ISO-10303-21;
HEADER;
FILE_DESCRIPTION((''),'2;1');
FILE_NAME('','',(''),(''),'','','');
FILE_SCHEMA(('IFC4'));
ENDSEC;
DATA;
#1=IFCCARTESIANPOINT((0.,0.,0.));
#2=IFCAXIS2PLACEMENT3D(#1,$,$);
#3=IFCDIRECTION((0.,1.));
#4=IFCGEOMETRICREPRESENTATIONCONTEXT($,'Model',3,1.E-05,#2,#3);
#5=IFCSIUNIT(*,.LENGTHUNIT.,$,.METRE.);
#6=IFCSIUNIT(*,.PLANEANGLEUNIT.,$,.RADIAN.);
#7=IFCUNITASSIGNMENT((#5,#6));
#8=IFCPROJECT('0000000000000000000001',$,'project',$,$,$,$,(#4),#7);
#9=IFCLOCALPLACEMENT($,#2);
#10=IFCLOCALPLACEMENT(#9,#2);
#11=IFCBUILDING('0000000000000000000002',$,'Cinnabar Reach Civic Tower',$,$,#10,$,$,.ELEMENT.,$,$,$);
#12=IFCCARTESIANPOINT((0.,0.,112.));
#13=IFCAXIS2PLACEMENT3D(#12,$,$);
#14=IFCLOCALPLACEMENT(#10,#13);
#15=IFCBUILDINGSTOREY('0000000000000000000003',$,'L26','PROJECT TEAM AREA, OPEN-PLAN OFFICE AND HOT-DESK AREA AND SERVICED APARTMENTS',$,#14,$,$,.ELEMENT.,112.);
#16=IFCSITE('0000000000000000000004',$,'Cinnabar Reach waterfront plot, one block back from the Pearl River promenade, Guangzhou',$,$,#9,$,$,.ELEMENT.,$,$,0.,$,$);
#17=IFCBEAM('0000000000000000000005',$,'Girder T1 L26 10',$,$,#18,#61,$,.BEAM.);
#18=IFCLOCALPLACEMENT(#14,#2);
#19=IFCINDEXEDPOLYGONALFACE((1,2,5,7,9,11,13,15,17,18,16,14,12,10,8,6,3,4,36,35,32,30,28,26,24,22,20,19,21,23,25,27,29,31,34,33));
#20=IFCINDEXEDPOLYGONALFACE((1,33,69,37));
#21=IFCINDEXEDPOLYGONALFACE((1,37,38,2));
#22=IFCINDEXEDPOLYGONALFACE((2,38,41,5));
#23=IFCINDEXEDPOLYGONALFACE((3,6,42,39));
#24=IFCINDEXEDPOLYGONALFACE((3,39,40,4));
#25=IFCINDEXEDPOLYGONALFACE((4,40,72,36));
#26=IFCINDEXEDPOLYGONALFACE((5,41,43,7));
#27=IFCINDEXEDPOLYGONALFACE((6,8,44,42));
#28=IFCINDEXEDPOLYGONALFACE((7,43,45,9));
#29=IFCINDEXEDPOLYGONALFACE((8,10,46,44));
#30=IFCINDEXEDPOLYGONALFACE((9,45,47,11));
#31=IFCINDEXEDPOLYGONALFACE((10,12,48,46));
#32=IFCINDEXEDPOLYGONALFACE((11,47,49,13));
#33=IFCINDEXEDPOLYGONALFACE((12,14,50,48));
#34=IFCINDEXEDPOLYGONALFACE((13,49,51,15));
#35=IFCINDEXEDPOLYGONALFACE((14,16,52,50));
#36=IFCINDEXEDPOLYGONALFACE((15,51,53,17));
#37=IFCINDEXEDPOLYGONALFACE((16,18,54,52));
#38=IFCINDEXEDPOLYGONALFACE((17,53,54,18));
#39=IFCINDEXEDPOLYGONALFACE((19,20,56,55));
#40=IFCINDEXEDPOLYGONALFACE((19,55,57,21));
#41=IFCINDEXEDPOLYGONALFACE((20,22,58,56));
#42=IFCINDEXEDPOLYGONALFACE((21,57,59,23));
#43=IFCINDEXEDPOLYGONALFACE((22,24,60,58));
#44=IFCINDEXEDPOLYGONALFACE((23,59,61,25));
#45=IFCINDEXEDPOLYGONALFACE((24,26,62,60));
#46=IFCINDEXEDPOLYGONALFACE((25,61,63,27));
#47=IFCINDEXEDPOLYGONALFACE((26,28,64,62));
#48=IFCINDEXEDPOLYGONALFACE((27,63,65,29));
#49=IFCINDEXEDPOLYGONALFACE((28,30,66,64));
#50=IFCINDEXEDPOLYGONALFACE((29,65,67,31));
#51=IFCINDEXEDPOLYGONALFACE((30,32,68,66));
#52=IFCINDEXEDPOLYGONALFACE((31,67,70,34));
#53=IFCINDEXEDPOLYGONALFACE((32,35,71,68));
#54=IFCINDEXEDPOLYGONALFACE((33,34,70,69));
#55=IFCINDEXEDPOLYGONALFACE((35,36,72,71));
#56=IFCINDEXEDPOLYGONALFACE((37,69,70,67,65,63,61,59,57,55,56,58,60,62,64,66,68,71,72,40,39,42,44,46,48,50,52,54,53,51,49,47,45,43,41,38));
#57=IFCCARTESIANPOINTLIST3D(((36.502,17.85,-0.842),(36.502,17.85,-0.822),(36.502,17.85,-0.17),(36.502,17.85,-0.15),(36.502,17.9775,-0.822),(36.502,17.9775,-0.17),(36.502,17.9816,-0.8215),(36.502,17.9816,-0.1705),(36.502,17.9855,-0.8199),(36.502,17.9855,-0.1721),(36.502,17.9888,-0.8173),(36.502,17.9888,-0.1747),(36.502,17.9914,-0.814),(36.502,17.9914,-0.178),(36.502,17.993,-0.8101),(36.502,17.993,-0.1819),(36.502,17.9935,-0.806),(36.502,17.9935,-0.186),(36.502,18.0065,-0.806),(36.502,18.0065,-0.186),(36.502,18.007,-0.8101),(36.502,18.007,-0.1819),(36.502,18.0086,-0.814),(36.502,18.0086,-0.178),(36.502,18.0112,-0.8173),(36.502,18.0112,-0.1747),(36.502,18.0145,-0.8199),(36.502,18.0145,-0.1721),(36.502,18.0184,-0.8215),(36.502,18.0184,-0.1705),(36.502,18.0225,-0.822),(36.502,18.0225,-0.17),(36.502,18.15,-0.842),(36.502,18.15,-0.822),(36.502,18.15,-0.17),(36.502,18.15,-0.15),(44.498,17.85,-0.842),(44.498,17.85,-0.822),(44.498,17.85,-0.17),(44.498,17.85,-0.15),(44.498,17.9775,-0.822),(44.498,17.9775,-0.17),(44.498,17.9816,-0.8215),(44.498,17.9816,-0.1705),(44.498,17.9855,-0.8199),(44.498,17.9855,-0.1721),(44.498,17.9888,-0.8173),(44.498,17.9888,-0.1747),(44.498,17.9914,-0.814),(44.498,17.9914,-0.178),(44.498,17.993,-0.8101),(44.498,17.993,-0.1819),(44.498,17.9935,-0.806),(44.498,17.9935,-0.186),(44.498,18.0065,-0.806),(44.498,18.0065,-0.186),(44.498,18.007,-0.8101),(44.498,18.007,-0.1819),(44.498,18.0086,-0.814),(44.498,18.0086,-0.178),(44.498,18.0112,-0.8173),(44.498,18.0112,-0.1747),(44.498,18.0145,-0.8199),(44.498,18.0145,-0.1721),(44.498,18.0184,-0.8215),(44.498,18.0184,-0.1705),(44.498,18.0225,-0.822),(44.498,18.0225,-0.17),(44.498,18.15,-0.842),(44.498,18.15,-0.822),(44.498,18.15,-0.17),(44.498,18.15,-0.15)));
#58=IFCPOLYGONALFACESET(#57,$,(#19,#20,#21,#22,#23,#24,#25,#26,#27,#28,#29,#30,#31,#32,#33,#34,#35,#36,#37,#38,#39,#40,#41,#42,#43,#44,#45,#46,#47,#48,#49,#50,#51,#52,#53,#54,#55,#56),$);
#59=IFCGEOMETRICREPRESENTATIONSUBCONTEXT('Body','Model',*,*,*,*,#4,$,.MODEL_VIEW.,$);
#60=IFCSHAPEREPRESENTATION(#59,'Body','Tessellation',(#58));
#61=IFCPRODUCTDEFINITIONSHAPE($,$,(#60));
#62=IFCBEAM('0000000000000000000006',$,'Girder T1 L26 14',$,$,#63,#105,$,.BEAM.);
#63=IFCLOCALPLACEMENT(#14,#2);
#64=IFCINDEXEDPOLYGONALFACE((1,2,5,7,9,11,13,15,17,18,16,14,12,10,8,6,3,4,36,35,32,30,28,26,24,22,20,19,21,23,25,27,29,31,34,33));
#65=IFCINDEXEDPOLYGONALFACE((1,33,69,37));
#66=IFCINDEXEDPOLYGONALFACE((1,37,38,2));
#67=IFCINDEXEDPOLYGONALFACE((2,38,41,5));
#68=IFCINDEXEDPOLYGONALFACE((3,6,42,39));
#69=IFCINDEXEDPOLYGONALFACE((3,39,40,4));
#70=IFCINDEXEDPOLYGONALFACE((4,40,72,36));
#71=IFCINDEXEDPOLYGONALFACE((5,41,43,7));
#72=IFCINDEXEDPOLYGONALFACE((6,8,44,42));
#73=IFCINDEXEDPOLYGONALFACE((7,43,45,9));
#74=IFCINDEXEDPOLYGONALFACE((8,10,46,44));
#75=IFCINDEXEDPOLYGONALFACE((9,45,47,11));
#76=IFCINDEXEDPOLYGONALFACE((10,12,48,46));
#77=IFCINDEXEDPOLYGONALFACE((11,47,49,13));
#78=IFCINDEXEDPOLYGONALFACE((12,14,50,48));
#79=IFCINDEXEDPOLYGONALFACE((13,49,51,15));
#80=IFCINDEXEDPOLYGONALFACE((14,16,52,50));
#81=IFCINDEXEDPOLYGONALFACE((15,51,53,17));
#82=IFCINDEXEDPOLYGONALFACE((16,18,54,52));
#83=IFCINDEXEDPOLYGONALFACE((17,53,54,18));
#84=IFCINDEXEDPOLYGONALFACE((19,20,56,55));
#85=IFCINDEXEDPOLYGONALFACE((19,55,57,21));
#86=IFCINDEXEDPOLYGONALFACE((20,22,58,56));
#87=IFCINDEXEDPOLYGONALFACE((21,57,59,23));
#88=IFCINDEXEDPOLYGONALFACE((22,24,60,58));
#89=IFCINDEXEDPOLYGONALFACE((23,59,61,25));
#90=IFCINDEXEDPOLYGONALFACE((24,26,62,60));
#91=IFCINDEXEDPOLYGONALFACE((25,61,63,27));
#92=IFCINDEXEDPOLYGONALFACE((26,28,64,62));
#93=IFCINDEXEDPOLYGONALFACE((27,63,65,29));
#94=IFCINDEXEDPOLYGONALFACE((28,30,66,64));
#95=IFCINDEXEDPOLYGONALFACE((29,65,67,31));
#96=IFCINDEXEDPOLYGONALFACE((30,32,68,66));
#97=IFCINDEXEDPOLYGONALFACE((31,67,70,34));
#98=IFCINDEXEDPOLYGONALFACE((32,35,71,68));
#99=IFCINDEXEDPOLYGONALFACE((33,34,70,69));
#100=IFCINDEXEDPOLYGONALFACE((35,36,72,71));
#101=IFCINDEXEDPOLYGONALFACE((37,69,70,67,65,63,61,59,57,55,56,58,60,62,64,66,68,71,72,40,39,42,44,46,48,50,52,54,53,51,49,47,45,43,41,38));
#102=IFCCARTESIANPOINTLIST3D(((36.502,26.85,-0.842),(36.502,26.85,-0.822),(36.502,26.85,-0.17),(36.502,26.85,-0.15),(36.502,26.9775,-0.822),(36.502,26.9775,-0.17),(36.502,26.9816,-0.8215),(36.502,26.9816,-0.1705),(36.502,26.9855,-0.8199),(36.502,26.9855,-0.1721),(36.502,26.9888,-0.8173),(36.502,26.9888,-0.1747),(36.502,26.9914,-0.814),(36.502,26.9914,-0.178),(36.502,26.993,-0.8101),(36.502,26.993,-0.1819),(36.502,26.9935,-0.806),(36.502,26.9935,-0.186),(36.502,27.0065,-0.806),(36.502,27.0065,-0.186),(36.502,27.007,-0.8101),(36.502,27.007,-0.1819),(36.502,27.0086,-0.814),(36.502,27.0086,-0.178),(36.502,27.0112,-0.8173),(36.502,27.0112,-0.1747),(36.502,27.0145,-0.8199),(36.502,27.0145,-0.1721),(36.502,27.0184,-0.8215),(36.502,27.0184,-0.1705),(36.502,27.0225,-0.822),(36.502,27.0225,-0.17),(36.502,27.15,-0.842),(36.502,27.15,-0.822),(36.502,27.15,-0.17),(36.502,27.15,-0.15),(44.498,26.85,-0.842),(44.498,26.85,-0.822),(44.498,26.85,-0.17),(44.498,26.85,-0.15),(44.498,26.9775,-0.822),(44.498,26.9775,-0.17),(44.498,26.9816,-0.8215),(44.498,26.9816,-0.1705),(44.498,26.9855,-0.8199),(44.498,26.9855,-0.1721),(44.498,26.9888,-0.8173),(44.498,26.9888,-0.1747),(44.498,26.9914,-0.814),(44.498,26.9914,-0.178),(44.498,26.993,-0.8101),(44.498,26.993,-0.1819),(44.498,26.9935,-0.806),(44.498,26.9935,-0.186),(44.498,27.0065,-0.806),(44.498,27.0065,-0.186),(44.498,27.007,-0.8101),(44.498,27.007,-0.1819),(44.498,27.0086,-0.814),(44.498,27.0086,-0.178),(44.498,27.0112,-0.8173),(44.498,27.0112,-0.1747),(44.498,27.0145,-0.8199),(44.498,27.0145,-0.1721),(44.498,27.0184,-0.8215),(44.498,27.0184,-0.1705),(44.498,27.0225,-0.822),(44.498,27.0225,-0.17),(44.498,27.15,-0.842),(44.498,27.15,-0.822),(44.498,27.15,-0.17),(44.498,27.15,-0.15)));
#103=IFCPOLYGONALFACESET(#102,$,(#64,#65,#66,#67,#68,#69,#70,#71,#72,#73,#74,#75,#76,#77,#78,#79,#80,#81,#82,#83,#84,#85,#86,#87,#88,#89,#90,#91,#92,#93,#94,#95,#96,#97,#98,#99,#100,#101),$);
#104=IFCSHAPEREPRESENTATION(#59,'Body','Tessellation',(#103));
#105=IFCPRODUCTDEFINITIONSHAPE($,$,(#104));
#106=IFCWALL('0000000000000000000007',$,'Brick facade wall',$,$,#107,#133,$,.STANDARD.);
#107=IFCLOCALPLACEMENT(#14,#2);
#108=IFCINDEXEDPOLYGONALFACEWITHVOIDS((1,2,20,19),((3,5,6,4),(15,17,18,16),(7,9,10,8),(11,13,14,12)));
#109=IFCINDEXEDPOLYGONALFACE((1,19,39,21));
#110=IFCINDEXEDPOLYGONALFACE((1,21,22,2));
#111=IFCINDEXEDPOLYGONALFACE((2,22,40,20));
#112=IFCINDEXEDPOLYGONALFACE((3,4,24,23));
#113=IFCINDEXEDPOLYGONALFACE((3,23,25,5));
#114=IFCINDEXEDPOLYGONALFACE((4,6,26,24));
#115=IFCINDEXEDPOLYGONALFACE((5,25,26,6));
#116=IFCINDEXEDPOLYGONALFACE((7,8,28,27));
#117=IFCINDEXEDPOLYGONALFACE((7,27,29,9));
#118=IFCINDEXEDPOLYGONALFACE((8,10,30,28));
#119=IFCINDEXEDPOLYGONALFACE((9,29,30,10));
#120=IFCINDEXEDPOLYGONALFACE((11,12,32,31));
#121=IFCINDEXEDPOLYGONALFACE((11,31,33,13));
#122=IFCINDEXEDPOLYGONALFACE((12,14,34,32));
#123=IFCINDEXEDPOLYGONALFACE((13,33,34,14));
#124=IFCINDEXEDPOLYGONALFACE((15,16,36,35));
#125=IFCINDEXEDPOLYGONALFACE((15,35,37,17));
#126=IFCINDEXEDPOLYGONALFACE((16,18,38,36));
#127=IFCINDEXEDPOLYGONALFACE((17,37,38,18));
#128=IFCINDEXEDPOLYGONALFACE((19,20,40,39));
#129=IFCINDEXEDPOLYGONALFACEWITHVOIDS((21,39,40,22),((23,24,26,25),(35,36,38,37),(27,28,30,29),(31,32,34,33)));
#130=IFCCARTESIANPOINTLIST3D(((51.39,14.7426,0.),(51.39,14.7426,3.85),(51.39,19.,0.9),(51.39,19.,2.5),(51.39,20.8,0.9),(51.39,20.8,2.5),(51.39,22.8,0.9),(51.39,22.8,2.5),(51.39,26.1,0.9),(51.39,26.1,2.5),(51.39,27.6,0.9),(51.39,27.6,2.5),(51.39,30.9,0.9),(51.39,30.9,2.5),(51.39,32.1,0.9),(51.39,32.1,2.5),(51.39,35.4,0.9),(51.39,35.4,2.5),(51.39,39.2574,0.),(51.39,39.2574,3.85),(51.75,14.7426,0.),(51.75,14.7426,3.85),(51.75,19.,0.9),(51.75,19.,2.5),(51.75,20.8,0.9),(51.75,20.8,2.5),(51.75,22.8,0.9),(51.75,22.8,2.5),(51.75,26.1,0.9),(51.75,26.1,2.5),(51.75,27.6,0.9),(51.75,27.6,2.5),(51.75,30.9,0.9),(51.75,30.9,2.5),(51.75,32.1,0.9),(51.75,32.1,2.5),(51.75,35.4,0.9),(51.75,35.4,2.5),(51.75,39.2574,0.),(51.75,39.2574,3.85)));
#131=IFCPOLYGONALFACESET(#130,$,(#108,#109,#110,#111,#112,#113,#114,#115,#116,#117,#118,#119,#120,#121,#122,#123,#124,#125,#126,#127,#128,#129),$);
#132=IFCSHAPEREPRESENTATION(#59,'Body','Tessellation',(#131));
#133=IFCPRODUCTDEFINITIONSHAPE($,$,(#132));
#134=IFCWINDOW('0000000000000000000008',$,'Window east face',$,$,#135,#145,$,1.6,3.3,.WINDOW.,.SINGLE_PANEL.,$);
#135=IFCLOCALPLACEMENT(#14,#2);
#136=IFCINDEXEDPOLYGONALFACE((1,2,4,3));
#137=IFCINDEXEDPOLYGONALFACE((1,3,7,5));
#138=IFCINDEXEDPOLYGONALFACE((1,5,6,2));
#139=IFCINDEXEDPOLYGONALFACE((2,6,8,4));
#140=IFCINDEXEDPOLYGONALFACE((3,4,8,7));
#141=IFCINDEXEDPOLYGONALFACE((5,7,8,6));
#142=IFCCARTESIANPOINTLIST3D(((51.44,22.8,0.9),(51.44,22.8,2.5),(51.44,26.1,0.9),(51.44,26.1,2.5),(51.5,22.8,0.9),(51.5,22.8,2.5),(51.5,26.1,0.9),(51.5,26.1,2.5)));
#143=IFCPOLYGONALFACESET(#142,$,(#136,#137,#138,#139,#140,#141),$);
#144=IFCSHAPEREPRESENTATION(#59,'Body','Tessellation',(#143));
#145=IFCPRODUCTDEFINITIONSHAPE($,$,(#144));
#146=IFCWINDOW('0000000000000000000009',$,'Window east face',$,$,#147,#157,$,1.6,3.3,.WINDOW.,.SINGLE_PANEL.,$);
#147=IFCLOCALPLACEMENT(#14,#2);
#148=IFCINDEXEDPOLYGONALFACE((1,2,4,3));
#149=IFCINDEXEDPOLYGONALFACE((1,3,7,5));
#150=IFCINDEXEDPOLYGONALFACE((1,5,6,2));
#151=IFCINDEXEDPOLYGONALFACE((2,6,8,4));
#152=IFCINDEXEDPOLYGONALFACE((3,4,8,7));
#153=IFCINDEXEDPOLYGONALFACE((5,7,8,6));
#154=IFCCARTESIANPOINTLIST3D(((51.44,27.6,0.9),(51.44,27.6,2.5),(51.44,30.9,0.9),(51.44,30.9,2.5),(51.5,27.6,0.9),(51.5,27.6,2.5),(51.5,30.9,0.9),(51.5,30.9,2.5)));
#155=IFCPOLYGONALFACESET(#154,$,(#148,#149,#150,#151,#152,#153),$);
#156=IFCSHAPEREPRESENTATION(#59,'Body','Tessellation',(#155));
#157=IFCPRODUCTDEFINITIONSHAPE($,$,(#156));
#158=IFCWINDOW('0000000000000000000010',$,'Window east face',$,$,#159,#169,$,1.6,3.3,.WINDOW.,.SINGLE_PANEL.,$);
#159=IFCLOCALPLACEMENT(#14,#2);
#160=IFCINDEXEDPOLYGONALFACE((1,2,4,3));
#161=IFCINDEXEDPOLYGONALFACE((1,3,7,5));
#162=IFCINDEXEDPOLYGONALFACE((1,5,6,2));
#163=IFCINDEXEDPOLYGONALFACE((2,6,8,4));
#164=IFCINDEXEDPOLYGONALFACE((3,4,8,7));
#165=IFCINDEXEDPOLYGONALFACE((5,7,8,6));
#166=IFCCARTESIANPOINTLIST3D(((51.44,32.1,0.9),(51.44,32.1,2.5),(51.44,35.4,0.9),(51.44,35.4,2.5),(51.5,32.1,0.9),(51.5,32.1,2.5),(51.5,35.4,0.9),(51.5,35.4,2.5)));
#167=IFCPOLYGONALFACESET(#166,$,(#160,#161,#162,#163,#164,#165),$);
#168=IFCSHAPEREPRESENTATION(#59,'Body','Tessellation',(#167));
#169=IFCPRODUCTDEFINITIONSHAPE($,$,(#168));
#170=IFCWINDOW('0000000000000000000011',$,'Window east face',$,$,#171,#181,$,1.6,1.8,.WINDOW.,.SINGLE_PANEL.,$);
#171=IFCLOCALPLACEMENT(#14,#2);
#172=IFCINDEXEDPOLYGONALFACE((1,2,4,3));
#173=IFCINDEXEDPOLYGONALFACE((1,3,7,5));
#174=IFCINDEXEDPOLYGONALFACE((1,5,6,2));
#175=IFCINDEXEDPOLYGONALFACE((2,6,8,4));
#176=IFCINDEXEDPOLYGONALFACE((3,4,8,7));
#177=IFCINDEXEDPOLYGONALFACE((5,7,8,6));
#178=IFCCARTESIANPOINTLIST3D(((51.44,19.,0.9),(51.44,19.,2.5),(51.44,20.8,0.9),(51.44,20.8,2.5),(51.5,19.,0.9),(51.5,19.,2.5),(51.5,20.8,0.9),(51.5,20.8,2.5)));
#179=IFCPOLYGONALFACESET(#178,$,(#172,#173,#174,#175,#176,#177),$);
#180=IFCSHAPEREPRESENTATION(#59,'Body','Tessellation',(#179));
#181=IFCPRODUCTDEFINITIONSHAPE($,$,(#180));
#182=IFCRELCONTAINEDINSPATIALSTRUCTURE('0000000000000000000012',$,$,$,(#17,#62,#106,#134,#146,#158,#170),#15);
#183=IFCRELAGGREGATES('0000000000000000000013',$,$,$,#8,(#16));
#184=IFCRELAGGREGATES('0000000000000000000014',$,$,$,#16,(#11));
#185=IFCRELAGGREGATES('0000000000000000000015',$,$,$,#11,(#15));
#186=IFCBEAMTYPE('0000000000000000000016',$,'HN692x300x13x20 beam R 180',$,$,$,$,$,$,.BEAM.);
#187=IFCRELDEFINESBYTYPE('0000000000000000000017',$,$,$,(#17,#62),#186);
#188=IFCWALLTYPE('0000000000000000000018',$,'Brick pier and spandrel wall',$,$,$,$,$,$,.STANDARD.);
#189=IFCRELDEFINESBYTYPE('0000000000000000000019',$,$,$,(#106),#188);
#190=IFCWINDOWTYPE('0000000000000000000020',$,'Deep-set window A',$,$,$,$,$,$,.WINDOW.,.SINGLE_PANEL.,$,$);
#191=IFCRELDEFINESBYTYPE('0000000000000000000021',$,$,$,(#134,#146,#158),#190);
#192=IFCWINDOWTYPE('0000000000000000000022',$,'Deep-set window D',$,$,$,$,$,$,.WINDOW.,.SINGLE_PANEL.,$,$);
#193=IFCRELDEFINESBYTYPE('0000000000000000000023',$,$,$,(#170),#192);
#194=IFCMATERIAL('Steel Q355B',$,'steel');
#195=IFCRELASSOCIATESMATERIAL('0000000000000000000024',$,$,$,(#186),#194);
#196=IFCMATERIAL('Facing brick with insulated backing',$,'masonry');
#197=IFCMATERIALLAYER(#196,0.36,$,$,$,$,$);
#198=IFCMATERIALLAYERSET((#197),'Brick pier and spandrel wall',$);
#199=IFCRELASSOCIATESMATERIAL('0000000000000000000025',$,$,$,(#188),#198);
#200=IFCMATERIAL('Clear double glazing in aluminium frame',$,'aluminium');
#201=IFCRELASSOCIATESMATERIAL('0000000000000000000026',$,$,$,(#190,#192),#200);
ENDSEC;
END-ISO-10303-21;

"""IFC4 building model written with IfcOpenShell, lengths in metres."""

from ifc_helpers import new_model, si_unit, direction, frame, frame_2d, origin, origin_2d, place, context, subcontext, project, spatial, rectangle, i_section, extrude, material, layer, layer_set, material_profile, profile_set, type_object, element, fill, save


model = new_model("IFC4")

# Units and contexts
model_context = context("Model", 3, precision=1e-05, world=origin(), true_north=direction((0.0, 1.0)))
body_context = subcontext(model_context, "Body", "Model", "MODEL_VIEW")
ifc_project = project(units=[si_unit("LENGTHUNIT", "METRE"), si_unit("PLANEANGLEUNIT", "RADIAN")], contexts=[model_context])

# Site, building, storey
site_placement = place(None, origin())
site = spatial("IfcSite", under=ifc_project, at=site_placement, Name="Cinnabar Reach waterfront plot, one block back from the Pearl River promenade, Guangzhou", CompositionType="ELEMENT", RefElevation=0.0)
building_placement = place(site_placement, origin())
building = spatial("IfcBuilding", under=site, at=building_placement, Name="Cinnabar Reach Civic Tower", CompositionType="ELEMENT")
storey_placement = place(building_placement, frame((0.0, 0.0, 112.0)))
storey = spatial("IfcBuildingStorey", under=building, at=storey_placement, Name="L26", Description="PROJECT TEAM AREA, OPEN-PLAN OFFICE AND HOT-DESK AREA AND SERVICED APARTMENTS", CompositionType="ELEMENT", Elevation=112.0)

# Beams
ifc_material_1 = material(Name="Steel Q355B", Category="steel")
ifc_material_profile_1 = material_profile(ifc_material_1, i_section(OverallWidth=0.3, OverallDepth=0.692, WebThickness=0.013, FlangeThickness=0.02, FilletRadius=0.016, at=origin_2d()), Name="HN692x300x13x20")
ifc_profile_set_1 = profile_set([ifc_material_profile_1], Name="Steel Q355B")
beam_type_1 = type_object("IfcBeamType", Name="HN692x300x13x20 beam R 180", PredefinedType="BEAM", material=ifc_profile_set_1)
for number, where, z_axis, x_axis, name in (
    (1, (36.502, 18.0, -0.496), (1.0, 0.0, 0.0), (0.0, 1.0, 0.0), "Girder T1 L26 10"),
    (2, (36.502, 27.0, -0.496), (1.0, 0.0, 0.0), (0.0, 1.0, 0.0), "Girder T1 L26 14"),
):
    element("IfcBeam", number, at=place(storey_placement, frame(where, z_axis=z_axis, x_axis=x_axis)), inside=storey, type_object=beam_type_1, Name=name, PredefinedType="BEAM", context=body_context, shape_type="SweptSolid", body=[
        extrude(i_section(OverallWidth=0.3, OverallDepth=0.692, WebThickness=0.013, FlangeThickness=0.02, FilletRadius=0.016, at=origin_2d()), origin(), (0.0, 0.0, 1.0), 7.996),
    ])

# Wall, openings, windows
ifc_material_2 = material(Name="Facing brick with insulated backing", Category="masonry")
ifc_layer_1 = layer(ifc_material_2, 0.36)
ifc_layer_set_1 = layer_set([ifc_layer_1], Name="Brick pier and spandrel wall")
wall_type_1 = type_object("IfcWallType", Name="Brick pier and spandrel wall", PredefinedType="STANDARD", material=ifc_layer_set_1)
wall_1_placement = place(storey_placement, frame((51.57, 14.7426, 0.0), z_axis=(0.0, 0.0, 1.0), x_axis=(0.0, 1.0, 0.0)))
wall_1 = element("IfcWall", 3, at=wall_1_placement, inside=storey, type_object=wall_type_1, Name="Brick facade wall", PredefinedType="STANDARD", context=body_context, shape_type="SweptSolid", body=[
    extrude(rectangle(XDim=24.5148, YDim=0.36, at=frame_2d((12.2574, 0.0))), origin(), (0.0, 0.0, 1.0), 3.85),
])
opening_1_placement = place(wall_1_placement, frame((4.2574, 0.0, 0.9)))
opening_1 = element("IfcOpeningElement", 4, at=opening_1_placement, cuts=wall_1, PredefinedType="OPENING", context=body_context, shape_type="SweptSolid", body=[
    extrude(rectangle(XDim=1.8, YDim=1.6, at=frame_2d((0.9, 0.8))), frame((0.0, 0.19, 0.0), z_axis=(0.0, -1.0, 0.0), x_axis=(1.0, 0.0, 0.0)), (0.0, 0.0, 1.0), 0.38),
])
opening_2_placement = place(wall_1_placement, frame((8.0574, 0.0, 0.9)))
opening_2 = element("IfcOpeningElement", 5, at=opening_2_placement, cuts=wall_1, PredefinedType="OPENING", context=body_context, shape_type="SweptSolid", body=[
    extrude(rectangle(XDim=3.3, YDim=1.6, at=frame_2d((1.65, 0.8))), frame((0.0, 0.19, 0.0), z_axis=(0.0, -1.0, 0.0), x_axis=(1.0, 0.0, 0.0)), (0.0, 0.0, 1.0), 0.38),
])
opening_3_placement = place(wall_1_placement, frame((12.8574, 0.0, 0.9)))
opening_3 = element("IfcOpeningElement", 6, at=opening_3_placement, cuts=wall_1, PredefinedType="OPENING", context=body_context, shape_type="SweptSolid", body=[
    extrude(rectangle(XDim=3.3, YDim=1.6, at=frame_2d((1.65, 0.8))), frame((0.0, 0.19, 0.0), z_axis=(0.0, -1.0, 0.0), x_axis=(1.0, 0.0, 0.0)), (0.0, 0.0, 1.0), 0.38),
])
opening_4_placement = place(wall_1_placement, frame((17.3574, 0.0, 0.9)))
opening_4 = element("IfcOpeningElement", 7, at=opening_4_placement, cuts=wall_1, PredefinedType="OPENING", context=body_context, shape_type="SweptSolid", body=[
    extrude(rectangle(XDim=3.3, YDim=1.6, at=frame_2d((1.65, 0.8))), frame((0.0, 0.19, 0.0), z_axis=(0.0, -1.0, 0.0), x_axis=(1.0, 0.0, 0.0)), (0.0, 0.0, 1.0), 0.38),
])
ifc_material_3 = material(Name="Clear double glazing in aluminium frame", Category="aluminium")
window_type_1 = type_object("IfcWindowType", Name="Deep-set window A", PartitioningType="SINGLE_PANEL", PredefinedType="WINDOW", material=ifc_material_3)
window_1_placement = place(opening_2_placement, origin())
window_1 = element("IfcWindow", 8, at=window_1_placement, inside=storey, type_object=window_type_1, Name="Window east face", OverallHeight=1.6, OverallWidth=3.3, PartitioningType="SINGLE_PANEL", PredefinedType="WINDOW", context=body_context, shape_type="SweptSolid", body=[
    extrude(rectangle(XDim=3.3, YDim=1.6, at=frame_2d((1.65, 0.8))), frame((0.0, 0.13, 0.0), z_axis=(0.0, -1.0, 0.0), x_axis=(1.0, 0.0, 0.0)), (0.0, 0.0, 1.0), 0.06),
])
fill(opening_2, window_1)
window_2_placement = place(opening_3_placement, origin())
window_2 = element("IfcWindow", 9, at=window_2_placement, inside=storey, type_object=window_type_1, Name="Window east face", OverallHeight=1.6, OverallWidth=3.3, PartitioningType="SINGLE_PANEL", PredefinedType="WINDOW", context=body_context, shape_type="SweptSolid", body=[
    extrude(rectangle(XDim=3.3, YDim=1.6, at=frame_2d((1.65, 0.8))), frame((0.0, 0.13, 0.0), z_axis=(0.0, -1.0, 0.0), x_axis=(1.0, 0.0, 0.0)), (0.0, 0.0, 1.0), 0.06),
])
fill(opening_3, window_2)
window_3_placement = place(opening_4_placement, origin())
window_3 = element("IfcWindow", 10, at=window_3_placement, inside=storey, type_object=window_type_1, Name="Window east face", OverallHeight=1.6, OverallWidth=3.3, PartitioningType="SINGLE_PANEL", PredefinedType="WINDOW", context=body_context, shape_type="SweptSolid", body=[
    extrude(rectangle(XDim=3.3, YDim=1.6, at=frame_2d((1.65, 0.8))), frame((0.0, 0.13, 0.0), z_axis=(0.0, -1.0, 0.0), x_axis=(1.0, 0.0, 0.0)), (0.0, 0.0, 1.0), 0.06),
])
fill(opening_4, window_3)
window_type_2 = type_object("IfcWindowType", Name="Deep-set window D", PartitioningType="SINGLE_PANEL", PredefinedType="WINDOW", material=ifc_material_3)
window_4_placement = place(opening_1_placement, origin())
window_4 = element("IfcWindow", 11, at=window_4_placement, inside=storey, type_object=window_type_2, Name="Window east face", OverallHeight=1.6, OverallWidth=1.8, PartitioningType="SINGLE_PANEL", PredefinedType="WINDOW", context=body_context, shape_type="SweptSolid", body=[
    extrude(rectangle(XDim=1.8, YDim=1.6, at=frame_2d((0.9, 0.8))), frame((0.0, 0.13, 0.0), z_axis=(0.0, -1.0, 0.0), x_axis=(1.0, 0.0, 0.0)), (0.0, 0.0, 1.0), 0.06),
])
fill(opening_1, window_4)

save(model, "model.ifc")
